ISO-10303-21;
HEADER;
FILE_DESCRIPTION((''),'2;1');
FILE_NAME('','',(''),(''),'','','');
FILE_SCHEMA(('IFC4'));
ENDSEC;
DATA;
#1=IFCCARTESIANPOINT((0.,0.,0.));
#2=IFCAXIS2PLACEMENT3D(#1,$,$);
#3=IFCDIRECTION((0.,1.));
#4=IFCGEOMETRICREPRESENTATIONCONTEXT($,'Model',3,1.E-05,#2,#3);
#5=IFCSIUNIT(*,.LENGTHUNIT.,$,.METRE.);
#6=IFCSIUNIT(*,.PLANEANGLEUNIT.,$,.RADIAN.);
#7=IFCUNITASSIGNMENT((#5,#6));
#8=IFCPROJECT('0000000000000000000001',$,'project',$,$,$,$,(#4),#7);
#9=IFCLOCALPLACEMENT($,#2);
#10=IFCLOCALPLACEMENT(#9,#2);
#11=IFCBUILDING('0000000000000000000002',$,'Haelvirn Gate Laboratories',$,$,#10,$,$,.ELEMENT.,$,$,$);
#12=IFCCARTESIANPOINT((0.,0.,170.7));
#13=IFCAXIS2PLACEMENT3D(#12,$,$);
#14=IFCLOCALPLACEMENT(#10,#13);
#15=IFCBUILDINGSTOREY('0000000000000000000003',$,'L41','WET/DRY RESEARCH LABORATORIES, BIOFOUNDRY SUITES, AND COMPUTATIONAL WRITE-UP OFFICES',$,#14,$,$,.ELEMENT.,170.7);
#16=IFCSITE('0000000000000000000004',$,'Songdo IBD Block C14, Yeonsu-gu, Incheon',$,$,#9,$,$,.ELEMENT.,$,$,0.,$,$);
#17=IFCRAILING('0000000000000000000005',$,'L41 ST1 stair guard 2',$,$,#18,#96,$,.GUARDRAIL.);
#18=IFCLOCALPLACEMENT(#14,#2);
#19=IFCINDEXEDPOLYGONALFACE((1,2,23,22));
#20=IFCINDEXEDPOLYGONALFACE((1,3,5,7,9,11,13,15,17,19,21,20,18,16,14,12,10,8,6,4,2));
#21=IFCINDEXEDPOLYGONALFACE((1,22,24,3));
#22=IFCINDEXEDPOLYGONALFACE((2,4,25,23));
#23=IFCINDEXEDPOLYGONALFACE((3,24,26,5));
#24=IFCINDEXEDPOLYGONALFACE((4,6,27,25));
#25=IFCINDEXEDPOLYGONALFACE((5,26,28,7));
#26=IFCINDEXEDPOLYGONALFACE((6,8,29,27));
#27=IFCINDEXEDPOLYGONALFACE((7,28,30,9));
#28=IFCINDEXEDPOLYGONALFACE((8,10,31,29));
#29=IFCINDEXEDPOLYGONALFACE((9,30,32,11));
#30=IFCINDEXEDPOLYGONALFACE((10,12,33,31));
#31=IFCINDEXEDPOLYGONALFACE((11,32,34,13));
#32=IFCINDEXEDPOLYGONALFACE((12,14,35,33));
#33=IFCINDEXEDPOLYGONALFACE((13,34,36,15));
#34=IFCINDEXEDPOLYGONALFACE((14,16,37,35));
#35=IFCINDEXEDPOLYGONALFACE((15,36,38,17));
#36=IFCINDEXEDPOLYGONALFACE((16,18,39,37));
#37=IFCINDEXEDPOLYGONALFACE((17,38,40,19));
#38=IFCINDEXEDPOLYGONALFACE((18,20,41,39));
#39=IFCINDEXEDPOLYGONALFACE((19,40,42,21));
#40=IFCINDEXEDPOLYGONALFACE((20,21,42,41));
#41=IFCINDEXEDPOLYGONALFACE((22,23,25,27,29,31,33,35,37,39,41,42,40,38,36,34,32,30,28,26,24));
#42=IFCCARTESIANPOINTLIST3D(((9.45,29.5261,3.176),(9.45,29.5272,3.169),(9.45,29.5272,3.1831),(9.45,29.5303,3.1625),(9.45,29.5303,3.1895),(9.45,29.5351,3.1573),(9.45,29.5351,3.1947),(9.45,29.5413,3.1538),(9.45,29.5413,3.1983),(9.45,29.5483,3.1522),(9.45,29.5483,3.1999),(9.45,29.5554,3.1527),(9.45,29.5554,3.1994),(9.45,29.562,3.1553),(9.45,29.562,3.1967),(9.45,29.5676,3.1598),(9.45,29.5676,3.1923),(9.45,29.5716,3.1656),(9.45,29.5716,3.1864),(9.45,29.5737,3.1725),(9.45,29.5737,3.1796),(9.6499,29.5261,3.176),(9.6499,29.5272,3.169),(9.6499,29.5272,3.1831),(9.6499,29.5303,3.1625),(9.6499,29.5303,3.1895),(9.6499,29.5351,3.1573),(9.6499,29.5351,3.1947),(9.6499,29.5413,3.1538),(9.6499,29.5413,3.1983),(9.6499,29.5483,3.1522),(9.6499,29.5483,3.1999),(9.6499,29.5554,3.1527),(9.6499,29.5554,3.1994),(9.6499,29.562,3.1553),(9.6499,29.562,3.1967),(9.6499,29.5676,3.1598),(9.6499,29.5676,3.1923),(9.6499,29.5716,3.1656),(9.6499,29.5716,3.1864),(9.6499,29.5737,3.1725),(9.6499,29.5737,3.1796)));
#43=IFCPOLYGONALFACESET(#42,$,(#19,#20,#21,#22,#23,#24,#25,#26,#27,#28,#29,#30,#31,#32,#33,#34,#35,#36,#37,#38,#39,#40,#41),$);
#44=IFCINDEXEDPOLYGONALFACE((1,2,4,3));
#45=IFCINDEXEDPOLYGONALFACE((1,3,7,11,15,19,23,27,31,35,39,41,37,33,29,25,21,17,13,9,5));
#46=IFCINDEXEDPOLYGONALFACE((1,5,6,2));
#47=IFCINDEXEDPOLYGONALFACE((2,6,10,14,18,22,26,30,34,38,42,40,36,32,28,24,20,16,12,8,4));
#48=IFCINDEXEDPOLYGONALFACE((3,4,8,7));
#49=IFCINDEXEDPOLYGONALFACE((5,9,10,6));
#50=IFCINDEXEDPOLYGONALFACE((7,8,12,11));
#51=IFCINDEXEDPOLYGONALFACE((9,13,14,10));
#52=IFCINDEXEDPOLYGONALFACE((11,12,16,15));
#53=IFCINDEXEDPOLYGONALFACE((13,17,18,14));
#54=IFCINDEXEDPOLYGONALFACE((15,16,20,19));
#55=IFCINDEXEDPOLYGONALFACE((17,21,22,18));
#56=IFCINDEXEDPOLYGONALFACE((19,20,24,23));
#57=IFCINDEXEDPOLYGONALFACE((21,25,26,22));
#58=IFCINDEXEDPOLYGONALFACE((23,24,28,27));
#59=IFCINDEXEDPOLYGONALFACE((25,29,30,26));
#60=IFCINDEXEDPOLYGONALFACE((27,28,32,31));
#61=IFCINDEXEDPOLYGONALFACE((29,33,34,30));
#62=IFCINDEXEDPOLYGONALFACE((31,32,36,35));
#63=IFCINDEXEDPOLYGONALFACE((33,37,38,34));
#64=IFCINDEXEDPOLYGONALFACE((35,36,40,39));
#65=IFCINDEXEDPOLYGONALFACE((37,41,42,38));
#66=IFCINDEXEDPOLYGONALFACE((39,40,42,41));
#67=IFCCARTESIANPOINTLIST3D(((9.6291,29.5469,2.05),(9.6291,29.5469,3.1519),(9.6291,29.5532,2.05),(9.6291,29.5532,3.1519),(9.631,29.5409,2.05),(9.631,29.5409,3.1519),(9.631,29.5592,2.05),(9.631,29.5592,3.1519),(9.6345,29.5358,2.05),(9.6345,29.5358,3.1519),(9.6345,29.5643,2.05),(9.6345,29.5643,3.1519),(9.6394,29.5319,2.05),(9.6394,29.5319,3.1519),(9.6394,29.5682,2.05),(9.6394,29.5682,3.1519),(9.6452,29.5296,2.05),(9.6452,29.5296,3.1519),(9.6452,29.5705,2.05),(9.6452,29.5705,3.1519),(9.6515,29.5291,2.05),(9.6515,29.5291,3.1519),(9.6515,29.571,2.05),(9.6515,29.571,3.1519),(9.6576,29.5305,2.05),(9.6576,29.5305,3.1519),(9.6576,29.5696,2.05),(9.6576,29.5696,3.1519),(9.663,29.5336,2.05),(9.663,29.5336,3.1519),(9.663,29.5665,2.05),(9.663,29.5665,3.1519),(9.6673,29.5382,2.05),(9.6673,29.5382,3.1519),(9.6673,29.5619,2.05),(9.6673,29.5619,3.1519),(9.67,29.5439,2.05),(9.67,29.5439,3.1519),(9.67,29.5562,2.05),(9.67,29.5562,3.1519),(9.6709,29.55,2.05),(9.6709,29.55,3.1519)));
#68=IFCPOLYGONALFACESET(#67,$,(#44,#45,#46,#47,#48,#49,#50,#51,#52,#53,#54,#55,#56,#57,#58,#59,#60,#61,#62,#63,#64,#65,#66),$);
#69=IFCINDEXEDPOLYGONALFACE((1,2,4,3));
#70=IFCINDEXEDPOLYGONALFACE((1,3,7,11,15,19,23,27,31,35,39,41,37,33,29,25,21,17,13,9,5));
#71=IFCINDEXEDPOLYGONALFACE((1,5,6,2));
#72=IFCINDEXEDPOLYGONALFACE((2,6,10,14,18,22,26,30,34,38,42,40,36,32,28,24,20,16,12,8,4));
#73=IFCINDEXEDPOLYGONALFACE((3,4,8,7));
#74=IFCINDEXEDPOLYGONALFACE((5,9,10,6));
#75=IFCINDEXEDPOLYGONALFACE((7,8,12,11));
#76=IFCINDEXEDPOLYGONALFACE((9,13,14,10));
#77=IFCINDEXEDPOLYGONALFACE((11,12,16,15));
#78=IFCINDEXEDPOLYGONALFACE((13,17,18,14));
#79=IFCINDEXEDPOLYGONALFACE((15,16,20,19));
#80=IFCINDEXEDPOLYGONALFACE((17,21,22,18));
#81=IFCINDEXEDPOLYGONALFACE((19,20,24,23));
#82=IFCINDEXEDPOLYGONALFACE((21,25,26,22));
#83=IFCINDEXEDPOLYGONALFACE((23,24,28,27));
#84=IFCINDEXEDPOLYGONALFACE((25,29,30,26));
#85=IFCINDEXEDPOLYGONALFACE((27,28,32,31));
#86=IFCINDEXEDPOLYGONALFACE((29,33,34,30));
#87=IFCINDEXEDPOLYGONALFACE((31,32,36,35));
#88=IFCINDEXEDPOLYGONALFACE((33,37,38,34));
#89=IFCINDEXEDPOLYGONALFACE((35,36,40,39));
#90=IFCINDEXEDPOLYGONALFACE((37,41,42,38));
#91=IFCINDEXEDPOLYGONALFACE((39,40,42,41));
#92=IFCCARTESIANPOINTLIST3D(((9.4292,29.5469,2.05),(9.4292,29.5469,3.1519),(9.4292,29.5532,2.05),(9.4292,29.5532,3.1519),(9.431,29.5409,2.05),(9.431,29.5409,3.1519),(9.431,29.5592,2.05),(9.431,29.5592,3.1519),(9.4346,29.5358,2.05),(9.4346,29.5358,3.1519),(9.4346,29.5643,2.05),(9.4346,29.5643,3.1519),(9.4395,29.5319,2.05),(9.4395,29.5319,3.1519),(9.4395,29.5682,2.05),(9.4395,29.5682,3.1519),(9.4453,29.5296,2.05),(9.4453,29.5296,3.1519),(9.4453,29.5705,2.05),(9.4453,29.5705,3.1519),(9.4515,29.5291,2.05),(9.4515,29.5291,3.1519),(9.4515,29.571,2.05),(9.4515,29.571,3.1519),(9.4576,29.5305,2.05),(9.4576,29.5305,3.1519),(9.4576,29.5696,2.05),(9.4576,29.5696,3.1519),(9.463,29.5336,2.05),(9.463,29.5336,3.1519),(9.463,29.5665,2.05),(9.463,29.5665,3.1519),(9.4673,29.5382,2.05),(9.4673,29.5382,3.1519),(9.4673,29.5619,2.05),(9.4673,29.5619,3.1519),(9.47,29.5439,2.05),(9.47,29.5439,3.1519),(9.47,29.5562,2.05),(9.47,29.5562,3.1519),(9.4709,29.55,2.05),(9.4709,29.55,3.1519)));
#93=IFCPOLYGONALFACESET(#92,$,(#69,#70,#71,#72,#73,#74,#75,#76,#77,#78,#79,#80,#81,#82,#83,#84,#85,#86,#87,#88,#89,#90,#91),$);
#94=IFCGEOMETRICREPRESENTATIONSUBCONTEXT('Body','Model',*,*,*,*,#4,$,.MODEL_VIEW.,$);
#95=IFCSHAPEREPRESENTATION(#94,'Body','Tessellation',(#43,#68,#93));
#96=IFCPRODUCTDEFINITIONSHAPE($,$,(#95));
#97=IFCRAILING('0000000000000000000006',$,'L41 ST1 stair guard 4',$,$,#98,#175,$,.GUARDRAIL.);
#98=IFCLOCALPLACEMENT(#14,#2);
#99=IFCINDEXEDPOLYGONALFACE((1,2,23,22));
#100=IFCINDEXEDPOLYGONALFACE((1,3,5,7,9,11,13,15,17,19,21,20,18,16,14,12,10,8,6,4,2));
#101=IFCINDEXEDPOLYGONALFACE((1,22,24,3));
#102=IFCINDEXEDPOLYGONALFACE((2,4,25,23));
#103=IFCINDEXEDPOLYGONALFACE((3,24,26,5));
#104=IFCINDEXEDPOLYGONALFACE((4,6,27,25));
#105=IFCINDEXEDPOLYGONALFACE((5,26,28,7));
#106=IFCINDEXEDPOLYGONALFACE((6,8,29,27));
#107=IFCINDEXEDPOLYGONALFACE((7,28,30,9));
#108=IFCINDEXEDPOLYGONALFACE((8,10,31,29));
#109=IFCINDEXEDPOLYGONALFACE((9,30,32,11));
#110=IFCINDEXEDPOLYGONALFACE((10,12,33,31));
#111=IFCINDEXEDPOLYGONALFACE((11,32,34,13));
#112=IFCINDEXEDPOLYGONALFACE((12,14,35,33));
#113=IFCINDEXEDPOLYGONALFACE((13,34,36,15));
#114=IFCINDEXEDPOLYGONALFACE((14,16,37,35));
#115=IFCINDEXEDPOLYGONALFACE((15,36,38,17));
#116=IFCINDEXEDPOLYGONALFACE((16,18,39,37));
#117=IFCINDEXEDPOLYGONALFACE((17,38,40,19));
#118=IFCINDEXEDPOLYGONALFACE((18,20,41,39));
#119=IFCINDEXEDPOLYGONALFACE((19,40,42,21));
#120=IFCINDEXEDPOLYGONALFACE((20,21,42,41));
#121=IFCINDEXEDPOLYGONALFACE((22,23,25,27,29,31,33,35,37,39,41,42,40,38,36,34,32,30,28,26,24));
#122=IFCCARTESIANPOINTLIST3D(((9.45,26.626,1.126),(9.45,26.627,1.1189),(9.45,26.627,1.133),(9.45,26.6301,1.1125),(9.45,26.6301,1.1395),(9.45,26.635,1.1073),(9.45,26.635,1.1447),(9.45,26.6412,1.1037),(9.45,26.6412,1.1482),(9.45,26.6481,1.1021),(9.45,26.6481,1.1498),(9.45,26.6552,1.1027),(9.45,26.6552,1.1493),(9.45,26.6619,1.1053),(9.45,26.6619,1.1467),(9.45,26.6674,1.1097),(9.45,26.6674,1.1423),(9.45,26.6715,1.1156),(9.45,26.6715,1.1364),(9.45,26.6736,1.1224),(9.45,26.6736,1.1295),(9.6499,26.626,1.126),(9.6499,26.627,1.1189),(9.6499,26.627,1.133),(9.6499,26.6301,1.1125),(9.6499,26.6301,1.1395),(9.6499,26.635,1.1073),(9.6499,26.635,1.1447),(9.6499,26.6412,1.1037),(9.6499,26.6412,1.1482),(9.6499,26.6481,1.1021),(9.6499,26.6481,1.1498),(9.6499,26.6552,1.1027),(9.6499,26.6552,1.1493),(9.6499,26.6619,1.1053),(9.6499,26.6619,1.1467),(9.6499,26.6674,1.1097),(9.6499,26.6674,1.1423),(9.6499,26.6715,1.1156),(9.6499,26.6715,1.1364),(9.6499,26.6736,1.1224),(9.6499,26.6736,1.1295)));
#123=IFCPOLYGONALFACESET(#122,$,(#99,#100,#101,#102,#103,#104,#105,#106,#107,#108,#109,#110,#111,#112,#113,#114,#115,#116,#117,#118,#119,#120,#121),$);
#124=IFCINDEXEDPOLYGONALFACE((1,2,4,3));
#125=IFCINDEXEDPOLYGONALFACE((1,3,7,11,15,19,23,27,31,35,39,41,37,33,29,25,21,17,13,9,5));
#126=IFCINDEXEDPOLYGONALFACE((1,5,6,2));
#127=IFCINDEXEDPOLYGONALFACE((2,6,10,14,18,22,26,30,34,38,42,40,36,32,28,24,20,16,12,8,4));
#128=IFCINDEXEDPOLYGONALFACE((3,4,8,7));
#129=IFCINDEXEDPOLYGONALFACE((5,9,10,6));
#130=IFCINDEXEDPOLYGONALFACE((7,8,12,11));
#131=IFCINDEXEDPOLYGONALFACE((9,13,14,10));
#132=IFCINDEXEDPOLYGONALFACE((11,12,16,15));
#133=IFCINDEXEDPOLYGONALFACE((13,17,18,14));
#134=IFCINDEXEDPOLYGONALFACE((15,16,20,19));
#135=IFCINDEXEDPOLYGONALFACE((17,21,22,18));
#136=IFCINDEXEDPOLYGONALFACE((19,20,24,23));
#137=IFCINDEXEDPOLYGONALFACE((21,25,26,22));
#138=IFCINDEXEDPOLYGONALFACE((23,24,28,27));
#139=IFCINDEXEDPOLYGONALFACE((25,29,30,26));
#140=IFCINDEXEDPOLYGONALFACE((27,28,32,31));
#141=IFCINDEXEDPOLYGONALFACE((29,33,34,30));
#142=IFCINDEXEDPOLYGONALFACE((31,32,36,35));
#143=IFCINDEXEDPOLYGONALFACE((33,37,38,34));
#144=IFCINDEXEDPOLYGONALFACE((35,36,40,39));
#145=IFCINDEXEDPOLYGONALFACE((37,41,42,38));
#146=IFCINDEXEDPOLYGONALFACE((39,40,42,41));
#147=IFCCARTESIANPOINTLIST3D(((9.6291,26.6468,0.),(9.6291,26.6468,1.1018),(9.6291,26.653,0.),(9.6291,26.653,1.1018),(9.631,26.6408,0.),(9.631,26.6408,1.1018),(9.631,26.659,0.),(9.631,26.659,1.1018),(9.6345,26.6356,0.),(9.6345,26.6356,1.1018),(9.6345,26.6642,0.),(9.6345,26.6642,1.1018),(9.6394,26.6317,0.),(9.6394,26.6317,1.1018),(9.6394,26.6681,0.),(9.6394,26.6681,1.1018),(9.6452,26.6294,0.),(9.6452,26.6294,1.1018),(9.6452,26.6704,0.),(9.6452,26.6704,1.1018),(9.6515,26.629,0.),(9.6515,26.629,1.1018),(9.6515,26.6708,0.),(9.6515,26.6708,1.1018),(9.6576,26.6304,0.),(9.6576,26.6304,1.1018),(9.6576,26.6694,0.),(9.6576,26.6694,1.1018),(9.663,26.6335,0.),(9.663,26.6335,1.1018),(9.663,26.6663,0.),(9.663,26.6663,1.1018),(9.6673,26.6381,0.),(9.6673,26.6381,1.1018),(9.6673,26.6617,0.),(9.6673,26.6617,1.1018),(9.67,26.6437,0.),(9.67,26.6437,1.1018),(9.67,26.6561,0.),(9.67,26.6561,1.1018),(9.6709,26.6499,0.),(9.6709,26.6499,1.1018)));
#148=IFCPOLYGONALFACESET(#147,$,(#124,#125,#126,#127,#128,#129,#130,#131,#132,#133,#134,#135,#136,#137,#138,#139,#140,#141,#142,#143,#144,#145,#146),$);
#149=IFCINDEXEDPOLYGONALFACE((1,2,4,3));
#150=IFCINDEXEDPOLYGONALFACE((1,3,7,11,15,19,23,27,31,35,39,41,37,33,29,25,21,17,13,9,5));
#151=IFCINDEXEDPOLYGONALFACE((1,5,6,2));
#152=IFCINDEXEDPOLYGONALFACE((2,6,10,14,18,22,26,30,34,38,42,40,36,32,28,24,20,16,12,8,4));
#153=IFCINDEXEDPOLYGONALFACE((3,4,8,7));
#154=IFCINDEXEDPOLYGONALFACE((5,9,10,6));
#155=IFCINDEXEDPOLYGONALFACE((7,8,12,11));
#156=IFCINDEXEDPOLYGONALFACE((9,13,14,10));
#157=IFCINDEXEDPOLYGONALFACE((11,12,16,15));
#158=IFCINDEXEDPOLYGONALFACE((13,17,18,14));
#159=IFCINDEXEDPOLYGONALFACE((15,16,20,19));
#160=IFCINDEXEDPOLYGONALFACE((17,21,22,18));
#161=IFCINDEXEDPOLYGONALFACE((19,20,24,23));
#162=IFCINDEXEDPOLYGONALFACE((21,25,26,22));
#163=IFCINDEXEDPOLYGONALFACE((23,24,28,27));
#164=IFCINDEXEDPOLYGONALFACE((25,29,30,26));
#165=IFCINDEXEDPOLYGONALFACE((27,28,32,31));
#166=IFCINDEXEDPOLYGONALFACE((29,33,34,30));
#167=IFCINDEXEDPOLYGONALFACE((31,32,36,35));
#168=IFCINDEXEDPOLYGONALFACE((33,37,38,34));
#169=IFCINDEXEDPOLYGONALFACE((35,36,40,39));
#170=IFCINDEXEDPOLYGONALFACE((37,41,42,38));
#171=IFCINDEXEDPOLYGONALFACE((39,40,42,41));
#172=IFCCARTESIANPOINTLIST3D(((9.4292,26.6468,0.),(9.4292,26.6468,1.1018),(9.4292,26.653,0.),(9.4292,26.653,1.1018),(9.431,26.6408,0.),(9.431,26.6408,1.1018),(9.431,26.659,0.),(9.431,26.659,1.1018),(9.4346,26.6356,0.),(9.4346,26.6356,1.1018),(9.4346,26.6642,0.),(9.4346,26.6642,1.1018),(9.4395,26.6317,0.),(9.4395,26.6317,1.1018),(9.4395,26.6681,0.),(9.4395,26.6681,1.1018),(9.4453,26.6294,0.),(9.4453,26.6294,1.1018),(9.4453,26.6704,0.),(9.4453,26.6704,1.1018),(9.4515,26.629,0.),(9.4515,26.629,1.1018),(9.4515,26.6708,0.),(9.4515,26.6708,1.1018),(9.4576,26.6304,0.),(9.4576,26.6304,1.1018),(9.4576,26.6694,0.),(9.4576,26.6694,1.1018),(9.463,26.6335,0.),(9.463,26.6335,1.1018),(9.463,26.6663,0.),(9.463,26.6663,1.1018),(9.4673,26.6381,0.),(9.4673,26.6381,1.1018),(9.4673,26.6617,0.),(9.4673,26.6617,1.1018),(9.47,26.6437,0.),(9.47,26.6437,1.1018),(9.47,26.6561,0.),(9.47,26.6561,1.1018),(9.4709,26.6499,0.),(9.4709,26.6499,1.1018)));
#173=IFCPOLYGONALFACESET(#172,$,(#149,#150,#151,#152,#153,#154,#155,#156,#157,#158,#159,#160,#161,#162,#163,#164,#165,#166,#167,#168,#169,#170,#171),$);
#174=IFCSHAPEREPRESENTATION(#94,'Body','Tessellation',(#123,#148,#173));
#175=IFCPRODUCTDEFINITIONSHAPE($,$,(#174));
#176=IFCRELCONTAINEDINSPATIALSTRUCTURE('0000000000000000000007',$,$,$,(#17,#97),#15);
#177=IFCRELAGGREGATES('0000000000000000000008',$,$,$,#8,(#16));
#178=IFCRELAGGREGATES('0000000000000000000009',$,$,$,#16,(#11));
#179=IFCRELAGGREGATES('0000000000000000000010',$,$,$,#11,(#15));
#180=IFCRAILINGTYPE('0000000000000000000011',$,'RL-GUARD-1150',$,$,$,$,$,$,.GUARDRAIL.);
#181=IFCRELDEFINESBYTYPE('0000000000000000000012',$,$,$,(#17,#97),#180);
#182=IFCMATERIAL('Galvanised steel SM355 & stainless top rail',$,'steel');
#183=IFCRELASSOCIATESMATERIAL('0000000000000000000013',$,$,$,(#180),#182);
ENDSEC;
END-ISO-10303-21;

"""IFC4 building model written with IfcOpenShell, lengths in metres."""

from ifc_helpers import new_model, si_unit, direction, frame, origin, origin_2d, place, context, subcontext, project, spatial, circle, extrude, source, transform, mapped, material, type_object, element, save


model = new_model("IFC4")

# Units and contexts
model_context = context("Model", 3, precision=1e-05, world=origin(), true_north=direction((0.0, 1.0)))
body_context = subcontext(model_context, "Body", "Model", "MODEL_VIEW")
ifc_project = project(units=[si_unit("LENGTHUNIT", "METRE"), si_unit("PLANEANGLEUNIT", "RADIAN")], contexts=[model_context])

# Site, building, storey
site_placement = place(None, origin())
site = spatial("IfcSite", under=ifc_project, at=site_placement, Name="Songdo IBD Block C14, Yeonsu-gu, Incheon", CompositionType="ELEMENT", RefElevation=0.0)
building_placement = place(site_placement, origin())
building = spatial("IfcBuilding", under=site, at=building_placement, Name="Haelvirn Gate Laboratories", CompositionType="ELEMENT")
storey_placement = place(building_placement, frame((0.0, 0.0, 170.7)))
storey = spatial("IfcBuildingStorey", under=building, at=storey_placement, Name="L41", Description="WET/DRY RESEARCH LABORATORIES, BIOFOUNDRY SUITES, AND COMPUTATIONAL WRITE-UP OFFICES", CompositionType="ELEMENT", Elevation=170.7)

# Railings
ifc_material_1 = material(Name="Galvanised steel SM355 & stainless top rail", Category="steel")
railing_type_1 = type_object("IfcRailingType", Name="RL-GUARD-1150", PredefinedType="GUARDRAIL", material=ifc_material_1)
shared_shape_1 = source(origin(), body_context, "Body", "SweptSolid", [
    extrude(circle(Radius=0.0239, at=origin_2d()), frame((0.0, 0.0, 1.126), z_axis=(-1.0, 0.0, 0.0), x_axis=(0.0, -1.0, 0.0)), (0.0, 0.0, 1.0), 0.2),
    extrude(circle(Radius=0.021, at=origin_2d()), origin(), (0.0, 0.0, 1.0), 1.1018),
    extrude(circle(Radius=0.021, at=origin_2d()), frame((-0.2, 0.0, 0.0)), (0.0, 0.0, 1.0), 1.1018),
])
for number, where, name in (
    (1, (9.6499, 29.55, 2.05), "L41 ST1 stair guard 2"),
    (2, (9.6499, 26.6499, 0.0), "L41 ST1 stair guard 4"),
):
    element("IfcRailing", number, at=place(storey_placement, frame(where)), inside=storey, type_object=railing_type_1, Name=name, PredefinedType="GUARDRAIL", context=body_context, shape_type="MappedRepresentation", body=[
        mapped(shared_shape_1, transform((0.0, 0.0, 0.0), scale=1.0)),
    ])

save(model, "model.ifc")
